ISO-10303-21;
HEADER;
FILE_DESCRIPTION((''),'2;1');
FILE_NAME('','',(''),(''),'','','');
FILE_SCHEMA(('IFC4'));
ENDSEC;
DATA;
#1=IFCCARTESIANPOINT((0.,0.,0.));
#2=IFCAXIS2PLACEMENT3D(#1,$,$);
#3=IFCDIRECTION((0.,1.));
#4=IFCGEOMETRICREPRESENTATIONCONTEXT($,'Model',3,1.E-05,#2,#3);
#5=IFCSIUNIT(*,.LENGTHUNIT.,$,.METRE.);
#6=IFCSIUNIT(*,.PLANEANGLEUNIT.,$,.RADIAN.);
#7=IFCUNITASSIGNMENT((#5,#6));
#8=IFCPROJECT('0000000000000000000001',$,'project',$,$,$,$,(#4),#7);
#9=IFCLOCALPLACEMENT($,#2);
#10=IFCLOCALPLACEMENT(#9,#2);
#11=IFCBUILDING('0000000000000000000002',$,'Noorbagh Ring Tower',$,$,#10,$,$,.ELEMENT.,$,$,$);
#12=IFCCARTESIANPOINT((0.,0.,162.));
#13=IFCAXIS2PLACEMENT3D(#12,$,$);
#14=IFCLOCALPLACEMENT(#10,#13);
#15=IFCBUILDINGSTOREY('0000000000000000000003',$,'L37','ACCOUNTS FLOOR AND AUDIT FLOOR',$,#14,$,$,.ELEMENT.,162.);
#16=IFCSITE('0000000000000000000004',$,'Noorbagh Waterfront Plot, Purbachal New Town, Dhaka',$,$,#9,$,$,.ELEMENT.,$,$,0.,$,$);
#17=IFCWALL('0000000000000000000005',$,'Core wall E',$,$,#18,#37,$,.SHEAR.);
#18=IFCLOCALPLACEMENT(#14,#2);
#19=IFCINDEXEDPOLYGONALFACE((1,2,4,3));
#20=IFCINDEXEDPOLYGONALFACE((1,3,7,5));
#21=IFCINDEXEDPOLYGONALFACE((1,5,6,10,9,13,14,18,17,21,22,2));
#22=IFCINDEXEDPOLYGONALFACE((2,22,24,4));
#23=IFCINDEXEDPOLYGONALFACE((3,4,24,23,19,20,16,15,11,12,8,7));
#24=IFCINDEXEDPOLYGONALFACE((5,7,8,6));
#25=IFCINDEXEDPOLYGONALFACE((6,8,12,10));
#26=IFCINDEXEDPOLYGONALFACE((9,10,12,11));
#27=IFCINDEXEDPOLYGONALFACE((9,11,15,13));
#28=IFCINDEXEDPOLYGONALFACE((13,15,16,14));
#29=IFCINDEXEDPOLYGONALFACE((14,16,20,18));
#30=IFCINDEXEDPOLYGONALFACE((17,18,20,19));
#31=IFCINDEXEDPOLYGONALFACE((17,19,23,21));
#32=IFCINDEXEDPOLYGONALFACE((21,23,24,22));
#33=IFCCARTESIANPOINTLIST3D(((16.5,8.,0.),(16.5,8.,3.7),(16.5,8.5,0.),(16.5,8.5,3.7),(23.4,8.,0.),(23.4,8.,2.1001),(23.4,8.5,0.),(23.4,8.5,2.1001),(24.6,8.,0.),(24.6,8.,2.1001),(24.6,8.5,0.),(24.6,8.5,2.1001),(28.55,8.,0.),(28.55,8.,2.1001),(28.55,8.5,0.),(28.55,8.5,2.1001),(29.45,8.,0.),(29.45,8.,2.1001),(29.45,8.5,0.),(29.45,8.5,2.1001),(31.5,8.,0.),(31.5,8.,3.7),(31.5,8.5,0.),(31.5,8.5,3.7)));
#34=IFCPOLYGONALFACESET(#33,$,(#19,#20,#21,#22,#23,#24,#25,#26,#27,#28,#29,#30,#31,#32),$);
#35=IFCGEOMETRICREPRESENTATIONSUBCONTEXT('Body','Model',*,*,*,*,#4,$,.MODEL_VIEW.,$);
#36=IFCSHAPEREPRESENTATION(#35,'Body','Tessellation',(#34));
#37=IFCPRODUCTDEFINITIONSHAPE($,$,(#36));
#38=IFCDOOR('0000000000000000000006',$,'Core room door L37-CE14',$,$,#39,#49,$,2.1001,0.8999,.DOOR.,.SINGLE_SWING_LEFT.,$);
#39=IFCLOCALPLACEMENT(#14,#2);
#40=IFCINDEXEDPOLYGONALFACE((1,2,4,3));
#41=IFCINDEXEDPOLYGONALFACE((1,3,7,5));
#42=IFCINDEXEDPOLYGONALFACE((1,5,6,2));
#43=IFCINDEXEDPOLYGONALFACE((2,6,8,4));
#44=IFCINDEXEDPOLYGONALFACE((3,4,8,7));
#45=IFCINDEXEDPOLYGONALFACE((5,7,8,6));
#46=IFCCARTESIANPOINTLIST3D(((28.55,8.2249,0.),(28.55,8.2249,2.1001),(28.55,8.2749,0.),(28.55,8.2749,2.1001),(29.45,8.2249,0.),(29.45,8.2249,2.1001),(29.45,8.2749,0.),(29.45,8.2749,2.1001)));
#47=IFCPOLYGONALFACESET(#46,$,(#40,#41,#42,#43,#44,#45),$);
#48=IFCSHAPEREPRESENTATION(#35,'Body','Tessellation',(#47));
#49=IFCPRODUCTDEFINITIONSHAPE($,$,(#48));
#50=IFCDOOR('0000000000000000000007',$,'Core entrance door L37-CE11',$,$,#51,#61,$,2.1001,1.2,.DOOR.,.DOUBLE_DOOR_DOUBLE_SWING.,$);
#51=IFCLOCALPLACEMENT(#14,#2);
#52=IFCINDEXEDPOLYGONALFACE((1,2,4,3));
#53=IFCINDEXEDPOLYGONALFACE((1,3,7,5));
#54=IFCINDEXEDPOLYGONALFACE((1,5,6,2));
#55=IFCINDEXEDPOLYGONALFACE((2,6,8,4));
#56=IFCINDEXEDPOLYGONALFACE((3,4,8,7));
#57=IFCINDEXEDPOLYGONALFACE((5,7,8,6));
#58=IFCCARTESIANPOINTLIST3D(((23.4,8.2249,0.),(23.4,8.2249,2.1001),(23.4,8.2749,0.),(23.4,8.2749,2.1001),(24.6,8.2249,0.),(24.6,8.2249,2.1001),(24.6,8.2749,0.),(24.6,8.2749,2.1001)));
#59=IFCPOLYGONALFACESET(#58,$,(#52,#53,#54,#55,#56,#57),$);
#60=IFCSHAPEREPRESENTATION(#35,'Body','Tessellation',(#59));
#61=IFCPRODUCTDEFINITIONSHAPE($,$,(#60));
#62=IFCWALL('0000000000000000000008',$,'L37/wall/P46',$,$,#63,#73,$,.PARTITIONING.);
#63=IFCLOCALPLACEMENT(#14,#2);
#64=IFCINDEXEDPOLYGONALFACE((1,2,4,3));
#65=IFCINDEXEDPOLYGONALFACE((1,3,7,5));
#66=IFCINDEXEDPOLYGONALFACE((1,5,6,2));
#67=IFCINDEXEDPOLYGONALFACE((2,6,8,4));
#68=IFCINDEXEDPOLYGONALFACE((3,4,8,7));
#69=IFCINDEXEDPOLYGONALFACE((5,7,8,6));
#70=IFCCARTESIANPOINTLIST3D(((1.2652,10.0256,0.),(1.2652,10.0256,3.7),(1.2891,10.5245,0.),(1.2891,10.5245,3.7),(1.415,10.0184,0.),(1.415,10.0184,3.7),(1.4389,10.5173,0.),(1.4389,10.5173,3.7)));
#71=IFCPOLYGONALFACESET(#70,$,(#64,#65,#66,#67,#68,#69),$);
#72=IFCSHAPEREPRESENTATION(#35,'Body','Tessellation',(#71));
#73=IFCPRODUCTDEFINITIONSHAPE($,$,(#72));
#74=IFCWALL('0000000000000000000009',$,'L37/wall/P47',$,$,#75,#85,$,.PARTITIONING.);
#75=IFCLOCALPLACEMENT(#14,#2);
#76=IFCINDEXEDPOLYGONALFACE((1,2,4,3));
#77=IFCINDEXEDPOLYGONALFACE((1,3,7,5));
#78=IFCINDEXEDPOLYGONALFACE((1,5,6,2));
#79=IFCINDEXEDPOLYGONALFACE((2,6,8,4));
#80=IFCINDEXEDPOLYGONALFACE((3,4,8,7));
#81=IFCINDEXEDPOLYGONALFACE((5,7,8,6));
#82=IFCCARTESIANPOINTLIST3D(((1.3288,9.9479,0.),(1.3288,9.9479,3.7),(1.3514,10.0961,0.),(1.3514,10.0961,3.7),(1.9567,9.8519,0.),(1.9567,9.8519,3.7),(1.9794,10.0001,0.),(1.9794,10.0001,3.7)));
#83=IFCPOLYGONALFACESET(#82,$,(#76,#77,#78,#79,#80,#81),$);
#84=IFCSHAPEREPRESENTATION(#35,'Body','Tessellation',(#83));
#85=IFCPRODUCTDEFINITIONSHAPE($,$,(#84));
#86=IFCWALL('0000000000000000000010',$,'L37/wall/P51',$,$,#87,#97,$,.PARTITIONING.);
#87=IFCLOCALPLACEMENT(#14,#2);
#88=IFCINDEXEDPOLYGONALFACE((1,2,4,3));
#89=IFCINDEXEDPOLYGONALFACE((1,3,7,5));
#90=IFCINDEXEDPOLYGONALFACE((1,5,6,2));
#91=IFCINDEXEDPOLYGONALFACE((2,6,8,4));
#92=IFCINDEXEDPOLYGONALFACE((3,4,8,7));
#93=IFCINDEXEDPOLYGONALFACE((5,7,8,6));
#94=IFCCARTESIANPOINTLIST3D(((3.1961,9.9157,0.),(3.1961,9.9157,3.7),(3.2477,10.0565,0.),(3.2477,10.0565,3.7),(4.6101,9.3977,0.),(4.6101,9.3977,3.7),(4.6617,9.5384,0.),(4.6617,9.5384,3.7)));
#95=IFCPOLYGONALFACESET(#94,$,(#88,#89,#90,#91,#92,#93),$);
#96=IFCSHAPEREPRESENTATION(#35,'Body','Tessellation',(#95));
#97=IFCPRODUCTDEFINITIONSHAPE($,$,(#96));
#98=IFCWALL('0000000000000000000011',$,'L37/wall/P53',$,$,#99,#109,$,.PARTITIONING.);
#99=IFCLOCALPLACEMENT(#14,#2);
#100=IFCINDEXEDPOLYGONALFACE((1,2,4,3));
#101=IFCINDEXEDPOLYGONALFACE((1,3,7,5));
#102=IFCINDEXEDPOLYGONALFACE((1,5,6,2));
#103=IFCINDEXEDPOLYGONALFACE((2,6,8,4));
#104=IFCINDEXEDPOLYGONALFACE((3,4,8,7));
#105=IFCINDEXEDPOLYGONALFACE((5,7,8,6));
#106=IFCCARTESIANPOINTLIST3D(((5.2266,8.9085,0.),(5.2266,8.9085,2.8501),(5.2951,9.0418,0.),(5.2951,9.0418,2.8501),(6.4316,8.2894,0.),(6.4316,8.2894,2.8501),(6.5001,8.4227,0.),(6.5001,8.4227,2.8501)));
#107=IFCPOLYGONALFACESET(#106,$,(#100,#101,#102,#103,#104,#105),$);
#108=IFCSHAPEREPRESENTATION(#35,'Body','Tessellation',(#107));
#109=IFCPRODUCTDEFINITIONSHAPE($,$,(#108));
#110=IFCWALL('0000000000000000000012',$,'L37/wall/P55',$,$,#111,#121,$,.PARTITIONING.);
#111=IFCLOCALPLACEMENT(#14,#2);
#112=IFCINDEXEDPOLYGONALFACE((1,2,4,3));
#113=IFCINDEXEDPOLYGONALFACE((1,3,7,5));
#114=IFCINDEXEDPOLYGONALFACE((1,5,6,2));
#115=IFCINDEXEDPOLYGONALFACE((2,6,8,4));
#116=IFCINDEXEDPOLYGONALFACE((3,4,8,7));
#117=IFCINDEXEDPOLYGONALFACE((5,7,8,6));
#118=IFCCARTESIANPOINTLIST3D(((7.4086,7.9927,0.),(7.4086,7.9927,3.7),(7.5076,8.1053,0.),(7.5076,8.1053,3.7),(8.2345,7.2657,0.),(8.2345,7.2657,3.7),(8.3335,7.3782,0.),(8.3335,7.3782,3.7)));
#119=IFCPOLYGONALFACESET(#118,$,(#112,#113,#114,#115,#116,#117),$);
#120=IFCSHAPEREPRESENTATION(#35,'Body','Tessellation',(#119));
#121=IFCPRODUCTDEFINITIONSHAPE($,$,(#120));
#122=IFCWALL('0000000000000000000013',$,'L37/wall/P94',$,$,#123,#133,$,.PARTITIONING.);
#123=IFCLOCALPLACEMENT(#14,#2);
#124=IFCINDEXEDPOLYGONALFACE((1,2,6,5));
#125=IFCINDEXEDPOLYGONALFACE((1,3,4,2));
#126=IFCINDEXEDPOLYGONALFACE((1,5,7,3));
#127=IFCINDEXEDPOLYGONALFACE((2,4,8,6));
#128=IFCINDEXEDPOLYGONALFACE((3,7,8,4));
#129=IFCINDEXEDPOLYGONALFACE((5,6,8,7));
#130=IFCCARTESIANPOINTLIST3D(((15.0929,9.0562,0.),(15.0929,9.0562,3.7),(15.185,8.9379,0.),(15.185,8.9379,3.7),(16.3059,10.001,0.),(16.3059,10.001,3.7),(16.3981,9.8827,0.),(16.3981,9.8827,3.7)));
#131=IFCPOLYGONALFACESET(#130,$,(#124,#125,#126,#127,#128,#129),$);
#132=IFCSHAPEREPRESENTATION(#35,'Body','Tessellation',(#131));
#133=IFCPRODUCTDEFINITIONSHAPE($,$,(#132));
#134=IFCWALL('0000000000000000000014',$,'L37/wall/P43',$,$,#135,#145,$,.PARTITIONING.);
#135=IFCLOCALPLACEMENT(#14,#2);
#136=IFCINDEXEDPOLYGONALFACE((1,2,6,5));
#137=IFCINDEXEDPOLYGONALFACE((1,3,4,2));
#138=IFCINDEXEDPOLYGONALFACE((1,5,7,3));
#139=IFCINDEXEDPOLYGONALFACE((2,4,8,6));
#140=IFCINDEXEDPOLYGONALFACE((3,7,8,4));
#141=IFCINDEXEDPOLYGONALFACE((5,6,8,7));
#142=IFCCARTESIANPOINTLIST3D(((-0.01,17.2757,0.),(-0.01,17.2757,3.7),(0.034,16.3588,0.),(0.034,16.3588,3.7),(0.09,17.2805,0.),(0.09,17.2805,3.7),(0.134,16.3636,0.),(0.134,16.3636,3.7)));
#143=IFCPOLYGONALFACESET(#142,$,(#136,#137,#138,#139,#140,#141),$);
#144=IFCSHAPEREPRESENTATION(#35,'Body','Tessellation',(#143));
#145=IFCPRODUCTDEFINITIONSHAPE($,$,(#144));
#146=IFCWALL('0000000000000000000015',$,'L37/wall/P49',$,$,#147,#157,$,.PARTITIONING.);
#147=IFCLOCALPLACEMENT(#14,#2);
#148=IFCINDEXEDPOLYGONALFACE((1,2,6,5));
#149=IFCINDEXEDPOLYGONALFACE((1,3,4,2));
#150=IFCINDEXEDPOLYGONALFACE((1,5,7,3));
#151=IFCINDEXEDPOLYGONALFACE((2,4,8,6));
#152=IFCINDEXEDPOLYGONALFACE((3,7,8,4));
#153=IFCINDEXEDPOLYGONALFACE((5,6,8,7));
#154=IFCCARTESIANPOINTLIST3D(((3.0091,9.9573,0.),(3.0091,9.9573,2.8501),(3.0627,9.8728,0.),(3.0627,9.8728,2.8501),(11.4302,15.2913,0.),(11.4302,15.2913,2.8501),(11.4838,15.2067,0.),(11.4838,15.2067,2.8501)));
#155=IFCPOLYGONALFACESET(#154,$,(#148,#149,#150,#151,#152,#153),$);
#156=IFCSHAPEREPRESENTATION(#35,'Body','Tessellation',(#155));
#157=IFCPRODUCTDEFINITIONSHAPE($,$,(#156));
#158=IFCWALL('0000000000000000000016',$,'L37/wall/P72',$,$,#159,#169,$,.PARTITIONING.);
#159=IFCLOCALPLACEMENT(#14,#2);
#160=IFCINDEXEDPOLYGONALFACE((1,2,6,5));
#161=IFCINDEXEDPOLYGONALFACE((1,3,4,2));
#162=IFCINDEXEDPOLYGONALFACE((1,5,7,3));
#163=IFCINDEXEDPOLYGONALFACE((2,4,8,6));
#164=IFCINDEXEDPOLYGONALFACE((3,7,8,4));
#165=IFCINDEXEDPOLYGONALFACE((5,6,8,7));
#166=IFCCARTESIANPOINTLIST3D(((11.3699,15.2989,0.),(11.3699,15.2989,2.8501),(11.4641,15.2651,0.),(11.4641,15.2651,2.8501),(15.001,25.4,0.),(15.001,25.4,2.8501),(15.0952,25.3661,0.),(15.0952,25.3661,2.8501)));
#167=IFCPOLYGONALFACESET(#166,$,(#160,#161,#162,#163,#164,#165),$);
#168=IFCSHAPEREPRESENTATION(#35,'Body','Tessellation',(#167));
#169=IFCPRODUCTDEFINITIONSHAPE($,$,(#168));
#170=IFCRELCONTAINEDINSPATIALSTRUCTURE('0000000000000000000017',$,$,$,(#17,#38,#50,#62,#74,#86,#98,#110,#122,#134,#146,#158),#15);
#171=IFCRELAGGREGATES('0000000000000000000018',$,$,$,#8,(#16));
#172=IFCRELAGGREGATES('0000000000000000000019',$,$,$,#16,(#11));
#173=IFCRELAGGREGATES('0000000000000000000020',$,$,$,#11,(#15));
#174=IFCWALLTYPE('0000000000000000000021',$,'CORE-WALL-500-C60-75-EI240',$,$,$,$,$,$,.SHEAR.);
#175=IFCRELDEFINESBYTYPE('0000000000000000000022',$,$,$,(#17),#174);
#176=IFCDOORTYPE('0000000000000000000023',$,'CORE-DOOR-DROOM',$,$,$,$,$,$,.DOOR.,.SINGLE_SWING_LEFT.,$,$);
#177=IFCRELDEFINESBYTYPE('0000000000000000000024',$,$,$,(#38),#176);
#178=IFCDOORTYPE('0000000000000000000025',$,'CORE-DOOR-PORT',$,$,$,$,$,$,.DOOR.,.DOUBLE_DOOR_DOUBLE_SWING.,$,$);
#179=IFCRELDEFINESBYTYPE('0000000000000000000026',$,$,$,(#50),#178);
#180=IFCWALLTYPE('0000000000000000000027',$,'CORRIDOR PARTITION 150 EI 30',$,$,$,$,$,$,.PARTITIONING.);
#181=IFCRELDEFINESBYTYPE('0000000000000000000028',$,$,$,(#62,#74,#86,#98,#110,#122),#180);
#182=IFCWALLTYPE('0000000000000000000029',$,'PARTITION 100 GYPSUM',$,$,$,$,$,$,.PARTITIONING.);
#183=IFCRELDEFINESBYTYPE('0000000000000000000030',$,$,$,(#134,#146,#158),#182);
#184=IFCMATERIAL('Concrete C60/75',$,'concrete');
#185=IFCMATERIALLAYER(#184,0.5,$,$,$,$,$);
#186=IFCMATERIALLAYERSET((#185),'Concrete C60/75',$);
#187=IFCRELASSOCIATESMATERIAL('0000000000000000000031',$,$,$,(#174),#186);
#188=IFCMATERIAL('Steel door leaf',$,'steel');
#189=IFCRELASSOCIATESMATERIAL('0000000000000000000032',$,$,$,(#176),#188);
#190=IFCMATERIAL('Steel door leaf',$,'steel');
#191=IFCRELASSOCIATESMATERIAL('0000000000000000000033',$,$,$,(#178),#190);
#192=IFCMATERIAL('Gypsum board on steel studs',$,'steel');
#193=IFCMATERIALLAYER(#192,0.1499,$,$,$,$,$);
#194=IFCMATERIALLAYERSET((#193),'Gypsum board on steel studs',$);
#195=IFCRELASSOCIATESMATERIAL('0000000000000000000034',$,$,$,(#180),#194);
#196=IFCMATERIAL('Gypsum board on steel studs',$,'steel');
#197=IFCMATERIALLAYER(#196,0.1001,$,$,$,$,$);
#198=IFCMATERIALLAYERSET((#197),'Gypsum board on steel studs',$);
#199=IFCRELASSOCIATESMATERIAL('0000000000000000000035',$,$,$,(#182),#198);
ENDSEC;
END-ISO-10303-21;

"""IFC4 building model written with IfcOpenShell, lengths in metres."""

from ifc_helpers import new_model, si_unit, direction, frame, frame_2d, origin, place, context, subcontext, project, spatial, rectangle, extrude, material, layer, layer_set, type_object, element, fill, save


model = new_model("IFC4")

# Units and contexts
model_context = context("Model", 3, precision=1e-05, world=origin(), true_north=direction((0.0, 1.0)))
body_context = subcontext(model_context, "Body", "Model", "MODEL_VIEW")
ifc_project = project(units=[si_unit("LENGTHUNIT", "METRE"), si_unit("PLANEANGLEUNIT", "RADIAN")], contexts=[model_context])

# Site, building, storey
site_placement = place(None, origin())
site = spatial("IfcSite", under=ifc_project, at=site_placement, Name="Noorbagh Waterfront Plot, Purbachal New Town, Dhaka", CompositionType="ELEMENT", RefElevation=0.0)
building_placement = place(site_placement, origin())
building = spatial("IfcBuilding", under=site, at=building_placement, Name="Noorbagh Ring Tower", CompositionType="ELEMENT")
storey_placement = place(building_placement, frame((0.0, 0.0, 162.0)))
storey = spatial("IfcBuildingStorey", under=building, at=storey_placement, Name="L37", Description="ACCOUNTS FLOOR AND AUDIT FLOOR", CompositionType="ELEMENT", Elevation=162.0)

# Wall, openings, doors
ifc_material_1 = material(Name="Concrete C60/75", Category="concrete")
ifc_layer_1 = layer(ifc_material_1, 0.5)
ifc_layer_set_1 = layer_set([ifc_layer_1], Name="Concrete C60/75")
wall_type_1 = type_object("IfcWallType", Name="CORE-WALL-500-C60-75-EI240", PredefinedType="SHEAR", material=ifc_layer_set_1)
wall_1_placement = place(storey_placement, frame((16.5, 8.25, 0.0), z_axis=(0.0, 0.0, 1.0), x_axis=(1.0, 0.0, 0.0)))
wall_1 = element("IfcWall", 1, at=wall_1_placement, inside=storey, type_object=wall_type_1, Name="Core wall E", PredefinedType="SHEAR", context=body_context, shape_type="SweptSolid", body=[
    extrude(rectangle(XDim=15.0, YDim=0.5, at=frame_2d((7.5, 0.0))), origin(), (0.0, 0.0, 1.0), 3.7),
])
opening_1_placement = place(wall_1_placement, frame((6.8999, 0.0, 0.0)))
opening_1 = element("IfcOpeningElement", 2, at=opening_1_placement, cuts=wall_1, PredefinedType="OPENING", context=body_context, shape_type="SweptSolid", body=[
    extrude(rectangle(XDim=1.2, YDim=2.1001, at=frame_2d((0.6001, 1.05))), frame((0.0, 0.26, 0.0), z_axis=(0.0, -1.0, 0.0), x_axis=(1.0, 0.0, 0.0)), (0.0, 0.0, 1.0), 0.52),
])
opening_2_placement = place(wall_1_placement, frame((12.05, 0.0, 0.0)))
opening_2 = element("IfcOpeningElement", 3, at=opening_2_placement, cuts=wall_1, PredefinedType="OPENING", context=body_context, shape_type="SweptSolid", body=[
    extrude(rectangle(XDim=0.8999, YDim=2.1001, at=frame_2d((0.45, 1.05))), frame((0.0, 0.26, 0.0), z_axis=(0.0, -1.0, 0.0), x_axis=(1.0, 0.0, 0.0)), (0.0, 0.0, 1.0), 0.52),
])
ifc_material_2 = material(Name="Steel door leaf", Category="steel")
door_type_1 = type_object("IfcDoorType", Name="CORE-DOOR-DROOM", OperationType="SINGLE_SWING_LEFT", PredefinedType="DOOR", material=ifc_material_2)
door_1_placement = place(opening_2_placement, origin())
door_1 = element("IfcDoor", 4, at=door_1_placement, inside=storey, type_object=door_type_1, Name="Core room door L37-CE14", OperationType="SINGLE_SWING_LEFT", OverallHeight=2.1001, OverallWidth=0.8999, PredefinedType="DOOR", context=body_context, shape_type="SweptSolid", body=[
    extrude(rectangle(XDim=0.8999, YDim=2.1001, at=frame_2d((0.45, 1.05))), frame((0.0, 0.0249, 0.0), z_axis=(0.0, -1.0, 0.0), x_axis=(1.0, 0.0, 0.0)), (0.0, 0.0, 1.0), 0.05),
])
fill(opening_2, door_1)
ifc_material_3 = material(Name="Steel door leaf", Category="steel")
door_type_2 = type_object("IfcDoorType", Name="CORE-DOOR-PORT", OperationType="DOUBLE_DOOR_DOUBLE_SWING", PredefinedType="DOOR", material=ifc_material_3)
door_2_placement = place(opening_1_placement, origin())
door_2 = element("IfcDoor", 5, at=door_2_placement, inside=storey, type_object=door_type_2, Name="Core entrance door L37-CE11", OperationType="DOUBLE_DOOR_DOUBLE_SWING", OverallHeight=2.1001, OverallWidth=1.2, PredefinedType="DOOR", context=body_context, shape_type="SweptSolid", body=[
    extrude(rectangle(XDim=1.2, YDim=2.1001, at=frame_2d((0.6001, 1.05))), frame((0.0, 0.0249, 0.0), z_axis=(0.0, -1.0, 0.0), x_axis=(1.0, 0.0, 0.0)), (0.0, 0.0, 1.0), 0.05),
])
fill(opening_1, door_2)

# Walls
ifc_material_4 = material(Name="Gypsum board on steel studs", Category="steel")
ifc_layer_2 = layer(ifc_material_4, 0.1499)
ifc_layer_set_2 = layer_set([ifc_layer_2], Name="Gypsum board on steel studs")
wall_type_2 = type_object("IfcWallType", Name="CORRIDOR PARTITION 150 EI 30", PredefinedType="PARTITIONING", material=ifc_layer_set_2)
wall_2_placement = place(storey_placement, frame((1.3401, 10.022, 0.0), z_axis=(0.0, 0.0, 1.0), x_axis=(0.04789, 0.998853, 0.0)))
element("IfcWall", 6, at=wall_2_placement, inside=storey, type_object=wall_type_2, Name="L37/wall/P46", PredefinedType="PARTITIONING", context=body_context, shape_type="SweptSolid", body=[
    extrude(rectangle(XDim=0.4995, YDim=0.1499, at=frame_2d((0.2498, 0.0))), origin(), (0.0, 0.0, 1.0), 3.7),
])
wall_3_placement = place(storey_placement, frame((1.3401, 10.022, 0.0), z_axis=(0.0, 0.0, 1.0), x_axis=(0.988527, -0.151046, 0.0)))
element("IfcWall", 7, at=wall_3_placement, inside=storey, type_object=wall_type_2, Name="L37/wall/P47", PredefinedType="PARTITIONING", context=body_context, shape_type="SweptSolid", body=[
    extrude(rectangle(XDim=0.6353, YDim=0.1499, at=frame_2d((0.3176, 0.0))), origin(), (0.0, 0.0, 1.0), 3.7),
])
wall_4_placement = place(storey_placement, frame((3.2219, 9.9861, 0.0), z_axis=(0.0, 0.0, 1.0), x_axis=(0.938967, -0.344007, 0.0)))
element("IfcWall", 8, at=wall_4_placement, inside=storey, type_object=wall_type_2, Name="L37/wall/P51", PredefinedType="PARTITIONING", context=body_context, shape_type="SweptSolid", body=[
    extrude(rectangle(XDim=1.5059, YDim=0.1499, at=frame_2d((0.7529, 0.0))), origin(), (0.0, 0.0, 1.0), 3.7),
])
wall_5_placement = place(storey_placement, frame((5.261, 8.9751, 0.0), z_axis=(0.0, 0.0, 1.0), x_axis=(0.889472, -0.45699, 0.0)))
element("IfcWall", 9, at=wall_5_placement, inside=storey, type_object=wall_type_2, Name="L37/wall/P53", PredefinedType="PARTITIONING", context=body_context, shape_type="SweptSolid", body=[
    extrude(rectangle(XDim=1.3547, YDim=0.1499, at=frame_2d((0.6772, 0.0))), origin(), (0.0, 0.0, 1.0), 2.8501),
])
wall_6_placement = place(storey_placement, frame((7.458, 8.0491, 0.0), z_axis=(0.0, 0.0, 1.0), x_axis=(0.750608, -0.660748, 0.0)))
element("IfcWall", 10, at=wall_6_placement, inside=storey, type_object=wall_type_2, Name="L37/wall/P55", PredefinedType="PARTITIONING", context=body_context, shape_type="SweptSolid", body=[
    extrude(rectangle(XDim=1.1003, YDim=0.1499, at=frame_2d((0.5503, 0.0))), origin(), (0.0, 0.0, 1.0), 3.7),
])
wall_7_placement = place(storey_placement, frame((15.1389, 8.9971, 0.0), z_axis=(0.0, 0.0, 1.0), x_axis=(0.78895, 0.614457, 0.0)))
element("IfcWall", 11, at=wall_7_placement, inside=storey, type_object=wall_type_2, Name="L37/wall/P94", PredefinedType="PARTITIONING", context=body_context, shape_type="SweptSolid", body=[
    extrude(rectangle(XDim=1.5376, YDim=0.1499, at=frame_2d((0.7688, 0.0))), origin(), (0.0, 0.0, 1.0), 3.7),
])
ifc_material_5 = material(Name="Gypsum board on steel studs", Category="steel")
ifc_layer_3 = layer(ifc_material_5, 0.1001)
ifc_layer_set_3 = layer_set([ifc_layer_3], Name="Gypsum board on steel studs")
wall_type_3 = type_object("IfcWallType", Name="PARTITION 100 GYPSUM", PredefinedType="PARTITIONING", material=ifc_layer_set_3)
wall_8_placement = place(storey_placement, frame((0.04, 17.2781, 0.0), z_axis=(0.0, 0.0, 1.0), x_axis=(0.047868, -0.998854, 0.0)))
element("IfcWall", 12, at=wall_8_placement, inside=storey, type_object=wall_type_3, Name="L37/wall/P43", PredefinedType="PARTITIONING", context=body_context, shape_type="SweptSolid", body=[
    extrude(rectangle(XDim=0.918, YDim=0.1001, at=frame_2d((0.459, 0.0))), origin(), (0.0, 0.0, 1.0), 3.7),
])
wall_9_placement = place(storey_placement, frame((3.0359, 9.915, 0.0), z_axis=(0.0, 0.0, 1.0), x_axis=(0.844792, 0.535095, 0.0)))
element("IfcWall", 13, at=wall_9_placement, inside=storey, type_object=wall_type_3, Name="L37/wall/P49", PredefinedType="PARTITIONING", context=body_context, shape_type="SweptSolid", body=[
    extrude(rectangle(XDim=9.9683, YDim=0.1001, at=frame_2d((4.9841, 0.0))), origin(), (0.0, 0.0, 1.0), 2.8501),
])
wall_10_placement = place(storey_placement, frame((11.417, 15.282, 0.0), z_axis=(0.0, 0.0, 1.0), x_axis=(0.338284, 0.941044, 0.0)))
element("IfcWall", 14, at=wall_10_placement, inside=storey, type_object=wall_type_3, Name="L37/wall/P72", PredefinedType="PARTITIONING", context=body_context, shape_type="SweptSolid", body=[
    extrude(rectangle(XDim=10.7339, YDim=0.1001, at=frame_2d((5.3669, 0.0))), origin(), (0.0, 0.0, 1.0), 2.8501),
])

save(model, "model.ifc")
